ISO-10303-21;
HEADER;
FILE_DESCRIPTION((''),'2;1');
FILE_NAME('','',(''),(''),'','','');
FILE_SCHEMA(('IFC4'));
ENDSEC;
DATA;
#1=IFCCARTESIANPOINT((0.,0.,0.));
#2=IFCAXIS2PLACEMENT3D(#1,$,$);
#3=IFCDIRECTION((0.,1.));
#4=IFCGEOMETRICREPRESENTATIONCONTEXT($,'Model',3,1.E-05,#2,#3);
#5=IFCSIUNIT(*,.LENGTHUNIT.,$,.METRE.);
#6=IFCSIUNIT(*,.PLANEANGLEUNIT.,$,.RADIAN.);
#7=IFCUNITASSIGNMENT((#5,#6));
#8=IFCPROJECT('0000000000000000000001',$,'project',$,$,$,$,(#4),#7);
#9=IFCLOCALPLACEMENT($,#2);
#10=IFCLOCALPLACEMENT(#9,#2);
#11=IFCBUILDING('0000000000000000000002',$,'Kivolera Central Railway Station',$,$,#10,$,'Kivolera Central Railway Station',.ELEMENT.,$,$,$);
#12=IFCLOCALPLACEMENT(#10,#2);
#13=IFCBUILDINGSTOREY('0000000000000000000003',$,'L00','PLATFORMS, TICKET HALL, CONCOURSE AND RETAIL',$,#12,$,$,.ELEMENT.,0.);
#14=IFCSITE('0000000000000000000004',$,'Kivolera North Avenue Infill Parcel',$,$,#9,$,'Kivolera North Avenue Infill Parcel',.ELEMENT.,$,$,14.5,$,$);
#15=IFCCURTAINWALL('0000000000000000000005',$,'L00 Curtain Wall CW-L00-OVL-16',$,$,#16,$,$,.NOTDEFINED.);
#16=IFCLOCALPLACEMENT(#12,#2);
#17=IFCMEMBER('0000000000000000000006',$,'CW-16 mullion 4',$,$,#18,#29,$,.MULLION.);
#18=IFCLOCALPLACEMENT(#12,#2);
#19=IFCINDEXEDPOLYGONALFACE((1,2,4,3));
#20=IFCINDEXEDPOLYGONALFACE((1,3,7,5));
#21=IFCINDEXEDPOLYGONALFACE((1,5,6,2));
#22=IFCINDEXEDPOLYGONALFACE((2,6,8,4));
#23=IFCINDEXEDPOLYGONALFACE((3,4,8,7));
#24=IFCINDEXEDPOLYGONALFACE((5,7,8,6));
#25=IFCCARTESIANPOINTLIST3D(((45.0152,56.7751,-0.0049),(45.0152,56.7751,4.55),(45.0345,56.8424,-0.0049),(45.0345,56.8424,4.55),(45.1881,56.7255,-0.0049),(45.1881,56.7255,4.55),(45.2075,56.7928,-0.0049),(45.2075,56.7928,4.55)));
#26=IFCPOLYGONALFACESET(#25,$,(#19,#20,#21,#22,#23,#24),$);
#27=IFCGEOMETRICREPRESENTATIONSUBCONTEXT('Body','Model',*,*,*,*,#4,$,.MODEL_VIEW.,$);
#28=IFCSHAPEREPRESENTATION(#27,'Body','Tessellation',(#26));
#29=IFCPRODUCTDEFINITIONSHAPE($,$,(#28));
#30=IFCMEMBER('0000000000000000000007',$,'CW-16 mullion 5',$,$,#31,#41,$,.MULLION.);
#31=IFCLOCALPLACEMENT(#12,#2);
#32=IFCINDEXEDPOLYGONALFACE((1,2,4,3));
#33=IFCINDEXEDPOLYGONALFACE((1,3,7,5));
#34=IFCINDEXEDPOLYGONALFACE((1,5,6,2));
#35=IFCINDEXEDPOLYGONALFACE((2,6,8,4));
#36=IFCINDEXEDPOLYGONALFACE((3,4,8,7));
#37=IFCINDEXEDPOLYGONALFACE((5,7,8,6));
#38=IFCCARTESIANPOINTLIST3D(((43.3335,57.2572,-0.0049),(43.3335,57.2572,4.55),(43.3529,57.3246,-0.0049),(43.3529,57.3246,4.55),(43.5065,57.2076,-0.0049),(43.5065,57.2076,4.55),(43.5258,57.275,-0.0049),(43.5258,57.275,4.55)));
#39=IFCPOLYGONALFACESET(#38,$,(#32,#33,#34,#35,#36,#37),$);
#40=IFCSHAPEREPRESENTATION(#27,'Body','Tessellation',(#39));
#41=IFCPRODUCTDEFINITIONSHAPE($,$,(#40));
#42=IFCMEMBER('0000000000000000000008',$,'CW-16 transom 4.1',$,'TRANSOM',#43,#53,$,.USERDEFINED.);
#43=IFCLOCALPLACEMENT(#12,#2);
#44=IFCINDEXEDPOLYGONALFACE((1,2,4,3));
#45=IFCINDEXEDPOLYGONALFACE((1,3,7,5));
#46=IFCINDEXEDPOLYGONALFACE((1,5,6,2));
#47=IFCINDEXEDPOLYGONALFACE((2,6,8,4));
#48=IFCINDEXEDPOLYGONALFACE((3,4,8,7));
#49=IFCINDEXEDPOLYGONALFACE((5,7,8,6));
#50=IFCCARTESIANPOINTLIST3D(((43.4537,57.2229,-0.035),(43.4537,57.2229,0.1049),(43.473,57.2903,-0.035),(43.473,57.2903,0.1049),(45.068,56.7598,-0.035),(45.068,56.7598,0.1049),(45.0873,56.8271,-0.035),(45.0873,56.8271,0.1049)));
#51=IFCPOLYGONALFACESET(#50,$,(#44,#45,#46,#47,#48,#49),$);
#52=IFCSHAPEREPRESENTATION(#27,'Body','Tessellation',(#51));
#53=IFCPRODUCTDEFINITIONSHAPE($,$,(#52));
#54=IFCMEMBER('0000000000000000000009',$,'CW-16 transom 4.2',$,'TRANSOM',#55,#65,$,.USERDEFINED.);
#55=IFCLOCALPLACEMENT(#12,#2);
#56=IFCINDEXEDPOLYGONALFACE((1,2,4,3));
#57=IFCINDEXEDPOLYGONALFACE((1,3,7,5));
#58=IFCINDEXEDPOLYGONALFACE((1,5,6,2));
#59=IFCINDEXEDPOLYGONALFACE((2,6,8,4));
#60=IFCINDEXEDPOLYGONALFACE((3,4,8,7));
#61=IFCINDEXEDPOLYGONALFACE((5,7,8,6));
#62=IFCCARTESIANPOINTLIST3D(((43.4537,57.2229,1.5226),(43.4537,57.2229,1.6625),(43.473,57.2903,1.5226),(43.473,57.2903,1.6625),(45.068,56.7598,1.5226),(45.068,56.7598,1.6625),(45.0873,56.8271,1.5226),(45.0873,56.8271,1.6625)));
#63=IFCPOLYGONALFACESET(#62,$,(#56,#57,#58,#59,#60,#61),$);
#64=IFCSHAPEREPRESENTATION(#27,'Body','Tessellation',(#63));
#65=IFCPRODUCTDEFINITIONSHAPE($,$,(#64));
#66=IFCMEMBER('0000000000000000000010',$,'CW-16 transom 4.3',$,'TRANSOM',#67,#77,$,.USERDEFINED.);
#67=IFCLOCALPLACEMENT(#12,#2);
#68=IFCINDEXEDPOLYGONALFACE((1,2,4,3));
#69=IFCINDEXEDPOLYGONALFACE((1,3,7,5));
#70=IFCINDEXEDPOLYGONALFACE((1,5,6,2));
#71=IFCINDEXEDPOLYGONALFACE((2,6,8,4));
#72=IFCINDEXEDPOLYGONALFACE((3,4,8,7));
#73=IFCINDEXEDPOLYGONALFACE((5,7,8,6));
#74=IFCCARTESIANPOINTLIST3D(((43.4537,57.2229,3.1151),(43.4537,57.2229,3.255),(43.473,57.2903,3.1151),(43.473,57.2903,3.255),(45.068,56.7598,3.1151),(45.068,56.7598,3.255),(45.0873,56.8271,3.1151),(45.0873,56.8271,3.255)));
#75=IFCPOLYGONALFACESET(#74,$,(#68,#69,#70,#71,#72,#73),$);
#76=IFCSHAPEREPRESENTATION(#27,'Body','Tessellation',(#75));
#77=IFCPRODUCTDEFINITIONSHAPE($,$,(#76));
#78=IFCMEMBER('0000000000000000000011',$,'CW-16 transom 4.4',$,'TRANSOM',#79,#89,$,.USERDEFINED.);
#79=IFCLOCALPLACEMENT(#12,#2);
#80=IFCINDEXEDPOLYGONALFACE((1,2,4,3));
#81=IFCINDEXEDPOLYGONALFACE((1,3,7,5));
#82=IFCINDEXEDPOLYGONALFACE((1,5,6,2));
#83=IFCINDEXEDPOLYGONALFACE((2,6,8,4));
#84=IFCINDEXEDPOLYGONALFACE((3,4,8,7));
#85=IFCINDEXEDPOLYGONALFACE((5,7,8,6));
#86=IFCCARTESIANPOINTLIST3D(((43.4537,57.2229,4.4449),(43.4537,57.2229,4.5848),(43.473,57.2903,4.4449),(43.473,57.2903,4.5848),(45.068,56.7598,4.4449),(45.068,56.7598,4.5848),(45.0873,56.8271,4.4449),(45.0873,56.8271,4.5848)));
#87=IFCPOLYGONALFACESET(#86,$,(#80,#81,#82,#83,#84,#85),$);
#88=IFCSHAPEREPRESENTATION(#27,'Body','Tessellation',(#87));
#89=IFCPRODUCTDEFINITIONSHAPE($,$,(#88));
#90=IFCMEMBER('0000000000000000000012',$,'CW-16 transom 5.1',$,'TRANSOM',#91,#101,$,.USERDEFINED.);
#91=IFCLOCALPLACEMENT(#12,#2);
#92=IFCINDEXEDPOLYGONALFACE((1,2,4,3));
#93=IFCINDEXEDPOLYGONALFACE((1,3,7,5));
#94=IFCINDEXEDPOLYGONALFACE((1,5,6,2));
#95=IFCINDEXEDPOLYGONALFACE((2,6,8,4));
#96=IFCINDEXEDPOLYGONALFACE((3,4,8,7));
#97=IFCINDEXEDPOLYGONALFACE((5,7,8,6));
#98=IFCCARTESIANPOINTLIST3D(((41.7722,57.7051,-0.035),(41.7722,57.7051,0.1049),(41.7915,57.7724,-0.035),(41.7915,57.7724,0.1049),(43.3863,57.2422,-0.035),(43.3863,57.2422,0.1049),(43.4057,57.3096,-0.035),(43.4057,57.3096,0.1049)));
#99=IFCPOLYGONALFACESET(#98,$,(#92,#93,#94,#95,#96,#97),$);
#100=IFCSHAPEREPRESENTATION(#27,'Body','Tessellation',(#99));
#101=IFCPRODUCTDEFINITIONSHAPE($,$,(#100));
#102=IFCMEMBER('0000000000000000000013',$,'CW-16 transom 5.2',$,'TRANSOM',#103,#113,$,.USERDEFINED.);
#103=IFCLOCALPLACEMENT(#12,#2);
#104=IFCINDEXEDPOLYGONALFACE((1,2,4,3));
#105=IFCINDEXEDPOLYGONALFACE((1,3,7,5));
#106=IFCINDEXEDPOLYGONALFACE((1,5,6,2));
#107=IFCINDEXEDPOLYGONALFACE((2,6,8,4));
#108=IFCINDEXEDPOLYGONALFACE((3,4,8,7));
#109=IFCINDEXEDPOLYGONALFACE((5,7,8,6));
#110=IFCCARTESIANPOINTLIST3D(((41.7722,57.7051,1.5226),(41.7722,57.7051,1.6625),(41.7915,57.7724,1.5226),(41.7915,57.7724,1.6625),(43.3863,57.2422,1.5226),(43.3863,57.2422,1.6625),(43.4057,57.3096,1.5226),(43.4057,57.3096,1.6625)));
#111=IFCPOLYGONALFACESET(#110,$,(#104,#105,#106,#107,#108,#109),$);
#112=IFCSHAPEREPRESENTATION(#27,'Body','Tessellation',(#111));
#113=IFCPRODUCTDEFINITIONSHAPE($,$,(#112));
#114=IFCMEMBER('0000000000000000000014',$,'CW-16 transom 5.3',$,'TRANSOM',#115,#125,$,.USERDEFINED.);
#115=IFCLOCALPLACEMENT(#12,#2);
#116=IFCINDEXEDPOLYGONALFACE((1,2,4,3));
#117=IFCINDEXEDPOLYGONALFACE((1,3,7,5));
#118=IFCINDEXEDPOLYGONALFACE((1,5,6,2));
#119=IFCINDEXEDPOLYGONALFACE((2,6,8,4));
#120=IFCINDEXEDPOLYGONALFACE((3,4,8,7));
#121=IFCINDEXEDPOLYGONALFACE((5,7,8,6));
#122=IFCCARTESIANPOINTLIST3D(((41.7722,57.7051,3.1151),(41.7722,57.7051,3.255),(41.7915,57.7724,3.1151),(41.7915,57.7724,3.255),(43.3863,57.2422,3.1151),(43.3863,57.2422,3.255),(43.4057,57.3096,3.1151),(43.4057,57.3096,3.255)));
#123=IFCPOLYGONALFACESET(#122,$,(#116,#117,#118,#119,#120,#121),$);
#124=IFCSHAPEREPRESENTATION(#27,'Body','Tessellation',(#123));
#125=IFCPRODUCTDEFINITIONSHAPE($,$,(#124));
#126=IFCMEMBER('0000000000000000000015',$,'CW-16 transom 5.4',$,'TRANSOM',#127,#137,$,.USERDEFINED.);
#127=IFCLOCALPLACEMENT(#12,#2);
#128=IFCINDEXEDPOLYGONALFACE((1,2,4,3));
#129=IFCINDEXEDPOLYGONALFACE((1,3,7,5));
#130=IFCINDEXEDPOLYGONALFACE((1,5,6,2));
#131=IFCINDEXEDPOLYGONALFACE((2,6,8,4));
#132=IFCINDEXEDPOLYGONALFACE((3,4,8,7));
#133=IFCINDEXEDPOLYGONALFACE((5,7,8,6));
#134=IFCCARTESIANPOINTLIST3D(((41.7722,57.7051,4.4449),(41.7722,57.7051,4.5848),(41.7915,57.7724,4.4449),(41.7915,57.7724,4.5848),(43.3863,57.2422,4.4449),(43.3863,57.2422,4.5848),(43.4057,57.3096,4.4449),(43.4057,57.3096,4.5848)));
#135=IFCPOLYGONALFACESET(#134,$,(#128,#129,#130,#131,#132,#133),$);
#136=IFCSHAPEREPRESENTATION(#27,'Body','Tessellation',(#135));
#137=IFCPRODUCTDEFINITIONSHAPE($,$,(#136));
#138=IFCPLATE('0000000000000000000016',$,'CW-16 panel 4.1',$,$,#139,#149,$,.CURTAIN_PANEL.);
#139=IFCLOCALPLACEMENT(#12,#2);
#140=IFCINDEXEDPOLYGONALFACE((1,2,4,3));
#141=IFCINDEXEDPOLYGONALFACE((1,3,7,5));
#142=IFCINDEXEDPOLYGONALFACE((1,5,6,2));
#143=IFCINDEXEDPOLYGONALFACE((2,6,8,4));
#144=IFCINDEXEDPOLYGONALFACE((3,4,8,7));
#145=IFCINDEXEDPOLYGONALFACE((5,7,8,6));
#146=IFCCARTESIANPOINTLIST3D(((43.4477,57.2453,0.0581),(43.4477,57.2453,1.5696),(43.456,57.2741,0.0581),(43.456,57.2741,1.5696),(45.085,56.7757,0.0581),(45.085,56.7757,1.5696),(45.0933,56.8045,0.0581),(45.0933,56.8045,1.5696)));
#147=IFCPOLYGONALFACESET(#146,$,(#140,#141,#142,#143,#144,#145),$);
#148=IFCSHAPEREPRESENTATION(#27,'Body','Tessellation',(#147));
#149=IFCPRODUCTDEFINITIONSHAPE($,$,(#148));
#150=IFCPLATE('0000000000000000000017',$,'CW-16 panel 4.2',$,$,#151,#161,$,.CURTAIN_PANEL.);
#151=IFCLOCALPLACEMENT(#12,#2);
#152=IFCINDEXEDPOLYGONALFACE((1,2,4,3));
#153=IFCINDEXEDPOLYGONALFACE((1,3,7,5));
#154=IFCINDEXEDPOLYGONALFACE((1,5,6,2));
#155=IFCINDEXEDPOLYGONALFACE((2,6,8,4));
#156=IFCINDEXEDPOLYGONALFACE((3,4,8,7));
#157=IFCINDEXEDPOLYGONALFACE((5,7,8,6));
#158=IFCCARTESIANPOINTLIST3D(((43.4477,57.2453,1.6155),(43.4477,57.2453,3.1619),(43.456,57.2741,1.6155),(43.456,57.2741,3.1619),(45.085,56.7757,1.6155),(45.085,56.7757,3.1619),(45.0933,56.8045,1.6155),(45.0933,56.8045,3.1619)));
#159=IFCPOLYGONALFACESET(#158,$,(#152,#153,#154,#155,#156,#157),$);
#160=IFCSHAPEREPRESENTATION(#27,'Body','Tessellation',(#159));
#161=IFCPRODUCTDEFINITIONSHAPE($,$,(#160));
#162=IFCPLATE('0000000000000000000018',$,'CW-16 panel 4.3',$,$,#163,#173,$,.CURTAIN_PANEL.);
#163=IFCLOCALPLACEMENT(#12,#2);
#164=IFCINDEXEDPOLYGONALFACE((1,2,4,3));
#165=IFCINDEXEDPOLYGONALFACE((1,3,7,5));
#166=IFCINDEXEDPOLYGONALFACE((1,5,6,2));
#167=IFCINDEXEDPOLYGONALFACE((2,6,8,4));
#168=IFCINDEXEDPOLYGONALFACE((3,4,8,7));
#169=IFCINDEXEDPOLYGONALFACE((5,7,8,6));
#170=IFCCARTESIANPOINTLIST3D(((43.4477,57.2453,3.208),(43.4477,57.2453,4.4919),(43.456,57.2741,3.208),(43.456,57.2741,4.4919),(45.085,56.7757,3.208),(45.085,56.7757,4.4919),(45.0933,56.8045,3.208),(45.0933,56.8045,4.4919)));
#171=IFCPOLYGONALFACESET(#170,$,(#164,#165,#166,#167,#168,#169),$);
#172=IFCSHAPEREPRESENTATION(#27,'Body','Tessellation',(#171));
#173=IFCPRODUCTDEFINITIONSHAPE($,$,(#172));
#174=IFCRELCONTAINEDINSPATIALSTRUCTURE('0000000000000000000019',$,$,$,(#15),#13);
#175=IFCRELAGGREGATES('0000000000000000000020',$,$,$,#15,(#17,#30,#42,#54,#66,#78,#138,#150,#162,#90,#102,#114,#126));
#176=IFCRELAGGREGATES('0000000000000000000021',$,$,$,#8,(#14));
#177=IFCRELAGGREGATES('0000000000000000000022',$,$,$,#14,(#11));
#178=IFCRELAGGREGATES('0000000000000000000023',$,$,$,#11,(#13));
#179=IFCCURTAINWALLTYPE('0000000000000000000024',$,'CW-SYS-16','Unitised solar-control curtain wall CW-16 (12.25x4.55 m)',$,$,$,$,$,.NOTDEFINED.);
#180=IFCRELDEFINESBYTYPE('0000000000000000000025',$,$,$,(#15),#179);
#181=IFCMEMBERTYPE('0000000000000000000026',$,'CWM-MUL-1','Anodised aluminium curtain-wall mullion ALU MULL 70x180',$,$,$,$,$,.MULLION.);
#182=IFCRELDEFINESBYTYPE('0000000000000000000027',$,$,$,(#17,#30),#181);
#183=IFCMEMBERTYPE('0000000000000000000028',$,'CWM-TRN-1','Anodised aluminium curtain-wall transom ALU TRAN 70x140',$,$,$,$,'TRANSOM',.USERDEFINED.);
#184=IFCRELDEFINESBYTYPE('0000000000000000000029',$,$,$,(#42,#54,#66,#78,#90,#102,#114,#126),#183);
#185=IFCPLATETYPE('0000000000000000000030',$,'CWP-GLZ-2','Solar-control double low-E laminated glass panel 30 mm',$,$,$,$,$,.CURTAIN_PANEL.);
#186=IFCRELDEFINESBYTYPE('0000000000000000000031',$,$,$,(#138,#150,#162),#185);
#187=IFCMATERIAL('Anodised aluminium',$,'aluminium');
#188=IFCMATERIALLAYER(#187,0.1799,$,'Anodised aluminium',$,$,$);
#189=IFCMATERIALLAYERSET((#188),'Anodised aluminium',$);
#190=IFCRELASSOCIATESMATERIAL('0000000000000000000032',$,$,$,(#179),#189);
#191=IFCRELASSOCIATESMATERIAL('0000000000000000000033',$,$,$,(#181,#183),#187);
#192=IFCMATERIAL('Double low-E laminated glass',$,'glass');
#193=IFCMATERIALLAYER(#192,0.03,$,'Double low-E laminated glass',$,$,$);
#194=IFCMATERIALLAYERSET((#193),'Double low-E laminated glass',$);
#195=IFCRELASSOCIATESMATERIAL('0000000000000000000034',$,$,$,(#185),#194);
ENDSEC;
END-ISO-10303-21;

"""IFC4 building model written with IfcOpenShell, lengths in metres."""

from ifc_helpers import new_model, si_unit, direction, frame, origin, origin_2d, place, context, subcontext, project, spatial, rectangle, extrude, material, layer, layer_set, material_profile, profile_set, type_object, element, aggregate, save


model = new_model("IFC4")

# Units and contexts
model_context = context("Model", 3, precision=1e-05, world=origin(), true_north=direction((0.0, 1.0)))
body_context = subcontext(model_context, "Body", "Model", "MODEL_VIEW")
ifc_project = project(units=[si_unit("LENGTHUNIT", "METRE"), si_unit("PLANEANGLEUNIT", "RADIAN")], contexts=[model_context])

# Site, building, storey
site_placement = place(None, origin())
site = spatial("IfcSite", under=ifc_project, at=site_placement, Name="Kivolera North Avenue Infill Parcel", LongName="Kivolera North Avenue Infill Parcel", CompositionType="ELEMENT", RefElevation=14.5)
building_placement = place(site_placement, origin())
building = spatial("IfcBuilding", under=site, at=building_placement, Name="Kivolera Central Railway Station", LongName="Kivolera Central Railway Station", CompositionType="ELEMENT")
storey_placement = place(building_placement, origin())
storey = spatial("IfcBuildingStorey", under=building, at=storey_placement, Name="L00", Description="PLATFORMS, TICKET HALL, CONCOURSE AND RETAIL", CompositionType="ELEMENT", Elevation=0.0)

# Curtain wall, members, plates
ifc_material_1 = material(Name="Anodised aluminium", Category="aluminium")
ifc_layer_1 = layer(ifc_material_1, 0.1799, Name="Anodised aluminium")
ifc_layer_set_1 = layer_set([ifc_layer_1], Name="Anodised aluminium")
curtain_wall_type = type_object("IfcCurtainWallType", Name="CW-SYS-16", Description="Unitised solar-control curtain wall CW-16 (12.25x4.55 m)", PredefinedType="NOTDEFINED", material=ifc_layer_set_1)
curtain_wall_placement = place(storey_placement, origin())
curtain_wall = element("IfcCurtainWall", 1, at=curtain_wall_placement, inside=storey, type_object=curtain_wall_type, Name="L00 Curtain Wall CW-L00-OVL-16", PredefinedType="NOTDEFINED")
ifc_material_profile_1 = material_profile(ifc_material_1, rectangle(XDim=0.0701, YDim=0.1799, at=origin_2d()), Name="ALU MULL 70x180")
ifc_profile_set_1 = profile_set([ifc_material_profile_1], Name="Anodised aluminium")
member_type_1 = type_object("IfcMemberType", Name="CWM-MUL-1", Description="Anodised aluminium curtain-wall mullion ALU MULL 70x180", PredefinedType="MULLION", material=ifc_profile_set_1)
member_1_placement = place(storey_placement, frame((45.1113, 56.7839, -0.0049), z_axis=(0.0, 0.0, 1.0), x_axis=(-0.275692, -0.961246, 0.0)))
member_1 = element("IfcMember", 2, at=member_1_placement, type_object=member_type_1, Name="CW-16 mullion 4", PredefinedType="MULLION", context=body_context, shape_type="SweptSolid", body=[
    extrude(rectangle(XDim=0.0701, YDim=0.1799, at=origin_2d()), origin(), (0.0, 0.0, 1.0), 4.5549),
])
member_2_placement = place(storey_placement, frame((43.4297, 57.2661, -0.0049), z_axis=(0.0, 0.0, 1.0), x_axis=(-0.275692, -0.961246, 0.0)))
member_2 = element("IfcMember", 3, at=member_2_placement, type_object=member_type_1, Name="CW-16 mullion 5", PredefinedType="MULLION", context=body_context, shape_type="SweptSolid", body=[
    extrude(rectangle(XDim=0.0701, YDim=0.1799, at=origin_2d()), origin(), (0.0, 0.0, 1.0), 4.5549),
])
ifc_material_profile_2 = material_profile(ifc_material_1, rectangle(XDim=0.0701, YDim=0.1399, at=origin_2d()), Name="ALU TRAN 70x140")
ifc_profile_set_2 = profile_set([ifc_material_profile_2], Name="Anodised aluminium")
member_type_2 = type_object("IfcMemberType", Name="CWM-TRN-1", Description="Anodised aluminium curtain-wall transom ALU TRAN 70x140", ElementType="TRANSOM", PredefinedType="USERDEFINED", material=ifc_profile_set_2)
member_3_placement = place(storey_placement, frame((45.0776, 56.7935, 0.0349), z_axis=(-0.961222, 0.275777, 0.0), x_axis=(-0.275777, -0.961222, 0.0)))
member_3 = element("IfcMember", 4, at=member_3_placement, type_object=member_type_2, Name="CW-16 transom 4.1", ObjectType="TRANSOM", PredefinedType="USERDEFINED", context=body_context, shape_type="SweptSolid", body=[
    extrude(rectangle(XDim=0.0701, YDim=0.1399, at=origin_2d()), origin(), (0.0, 0.0, 1.0), 1.6794),
])
member_4_placement = place(storey_placement, frame((45.0776, 56.7935, 1.5925), z_axis=(-0.961222, 0.275777, 0.0), x_axis=(-0.275777, -0.961222, 0.0)))
member_4 = element("IfcMember", 5, at=member_4_placement, type_object=member_type_2, Name="CW-16 transom 4.2", ObjectType="TRANSOM", PredefinedType="USERDEFINED", context=body_context, shape_type="SweptSolid", body=[
    extrude(rectangle(XDim=0.0701, YDim=0.1399, at=origin_2d()), origin(), (0.0, 0.0, 1.0), 1.6794),
])
member_5_placement = place(storey_placement, frame((45.0776, 56.7935, 3.1851), z_axis=(-0.961222, 0.275777, 0.0), x_axis=(-0.275777, -0.961222, 0.0)))
member_5 = element("IfcMember", 6, at=member_5_placement, type_object=member_type_2, Name="CW-16 transom 4.3", ObjectType="TRANSOM", PredefinedType="USERDEFINED", context=body_context, shape_type="SweptSolid", body=[
    extrude(rectangle(XDim=0.0701, YDim=0.1399, at=origin_2d()), origin(), (0.0, 0.0, 1.0), 1.6794),
])
member_6_placement = place(storey_placement, frame((45.0776, 56.7935, 4.5149), z_axis=(-0.961222, 0.275777, 0.0), x_axis=(-0.275777, -0.961222, 0.0)))
member_6 = element("IfcMember", 7, at=member_6_placement, type_object=member_type_2, Name="CW-16 transom 4.4", ObjectType="TRANSOM", PredefinedType="USERDEFINED", context=body_context, shape_type="SweptSolid", body=[
    extrude(rectangle(XDim=0.0701, YDim=0.1399, at=origin_2d()), origin(), (0.0, 0.0, 1.0), 1.6794),
])
member_7_placement = place(storey_placement, frame((43.396, 57.2759, 0.0349), z_axis=(-0.96126, 0.275643, 0.0), x_axis=(-0.275643, -0.96126, 0.0)))
member_7 = element("IfcMember", 8, at=member_7_placement, type_object=member_type_2, Name="CW-16 transom 5.1", ObjectType="TRANSOM", PredefinedType="USERDEFINED", context=body_context, shape_type="SweptSolid", body=[
    extrude(rectangle(XDim=0.0701, YDim=0.1399, at=origin_2d()), origin(), (0.0, 0.0, 1.0), 1.6792),
])
member_8_placement = place(storey_placement, frame((43.396, 57.2759, 1.5925), z_axis=(-0.96126, 0.275643, 0.0), x_axis=(-0.275643, -0.96126, 0.0)))
member_8 = element("IfcMember", 9, at=member_8_placement, type_object=member_type_2, Name="CW-16 transom 5.2", ObjectType="TRANSOM", PredefinedType="USERDEFINED", context=body_context, shape_type="SweptSolid", body=[
    extrude(rectangle(XDim=0.0701, YDim=0.1399, at=origin_2d()), origin(), (0.0, 0.0, 1.0), 1.6792),
])
member_9_placement = place(storey_placement, frame((43.396, 57.2759, 3.1851), z_axis=(-0.96126, 0.275643, 0.0), x_axis=(-0.275643, -0.96126, 0.0)))
member_9 = element("IfcMember", 10, at=member_9_placement, type_object=member_type_2, Name="CW-16 transom 5.3", ObjectType="TRANSOM", PredefinedType="USERDEFINED", context=body_context, shape_type="SweptSolid", body=[
    extrude(rectangle(XDim=0.0701, YDim=0.1399, at=origin_2d()), origin(), (0.0, 0.0, 1.0), 1.6792),
])
member_10_placement = place(storey_placement, frame((43.396, 57.2759, 4.5149), z_axis=(-0.96126, 0.275643, 0.0), x_axis=(-0.275643, -0.96126, 0.0)))
member_10 = element("IfcMember", 11, at=member_10_placement, type_object=member_type_2, Name="CW-16 transom 5.4", ObjectType="TRANSOM", PredefinedType="USERDEFINED", context=body_context, shape_type="SweptSolid", body=[
    extrude(rectangle(XDim=0.0701, YDim=0.1399, at=origin_2d()), origin(), (0.0, 0.0, 1.0), 1.6792),
])
ifc_material_2 = material(Name="Double low-E laminated glass", Category="glass")
ifc_layer_2 = layer(ifc_material_2, 0.03, Name="Double low-E laminated glass")
ifc_layer_set_2 = layer_set([ifc_layer_2], Name="Double low-E laminated glass")
plate_type = type_object("IfcPlateType", Name="CWP-GLZ-2", Description="Solar-control double low-E laminated glass panel 30 mm", PredefinedType="CURTAIN_PANEL", material=ifc_layer_set_2)
plate_1_placement = place(storey_placement, frame((44.2705, 57.0249, 0.0581), z_axis=(0.0, 0.0, 1.0), x_axis=(-0.961246, 0.275692, 0.0)))
plate_1 = element("IfcPlate", 12, at=plate_1_placement, type_object=plate_type, Name="CW-16 panel 4.1", PredefinedType="CURTAIN_PANEL", context=body_context, shape_type="SweptSolid", body=[
    extrude(rectangle(XDim=1.7034, YDim=0.03, at=origin_2d()), origin(), (0.0, 0.0, 1.0), 1.5115),
])
plate_2_placement = place(storey_placement, frame((44.2705, 57.0249, 1.6155), z_axis=(0.0, 0.0, 1.0), x_axis=(-0.961246, 0.275692, 0.0)))
plate_2 = element("IfcPlate", 13, at=plate_2_placement, type_object=plate_type, Name="CW-16 panel 4.2", PredefinedType="CURTAIN_PANEL", context=body_context, shape_type="SweptSolid", body=[
    extrude(rectangle(XDim=1.7034, YDim=0.03, at=origin_2d()), origin(), (0.0, 0.0, 1.0), 1.5464),
])
plate_3_placement = place(storey_placement, frame((44.2705, 57.0249, 3.208), z_axis=(0.0, 0.0, 1.0), x_axis=(-0.961246, 0.275692, 0.0)))
plate_3 = element("IfcPlate", 14, at=plate_3_placement, type_object=plate_type, Name="CW-16 panel 4.3", PredefinedType="CURTAIN_PANEL", context=body_context, shape_type="SweptSolid", body=[
    extrude(rectangle(XDim=1.7034, YDim=0.03, at=origin_2d()), origin(), (0.0, 0.0, 1.0), 1.2839),
])
aggregate(curtain_wall, [member_1, member_2, member_3, member_4, member_5, member_6, plate_1, plate_2, plate_3, member_7, member_8, member_9, member_10])

save(model, "model.ifc")
